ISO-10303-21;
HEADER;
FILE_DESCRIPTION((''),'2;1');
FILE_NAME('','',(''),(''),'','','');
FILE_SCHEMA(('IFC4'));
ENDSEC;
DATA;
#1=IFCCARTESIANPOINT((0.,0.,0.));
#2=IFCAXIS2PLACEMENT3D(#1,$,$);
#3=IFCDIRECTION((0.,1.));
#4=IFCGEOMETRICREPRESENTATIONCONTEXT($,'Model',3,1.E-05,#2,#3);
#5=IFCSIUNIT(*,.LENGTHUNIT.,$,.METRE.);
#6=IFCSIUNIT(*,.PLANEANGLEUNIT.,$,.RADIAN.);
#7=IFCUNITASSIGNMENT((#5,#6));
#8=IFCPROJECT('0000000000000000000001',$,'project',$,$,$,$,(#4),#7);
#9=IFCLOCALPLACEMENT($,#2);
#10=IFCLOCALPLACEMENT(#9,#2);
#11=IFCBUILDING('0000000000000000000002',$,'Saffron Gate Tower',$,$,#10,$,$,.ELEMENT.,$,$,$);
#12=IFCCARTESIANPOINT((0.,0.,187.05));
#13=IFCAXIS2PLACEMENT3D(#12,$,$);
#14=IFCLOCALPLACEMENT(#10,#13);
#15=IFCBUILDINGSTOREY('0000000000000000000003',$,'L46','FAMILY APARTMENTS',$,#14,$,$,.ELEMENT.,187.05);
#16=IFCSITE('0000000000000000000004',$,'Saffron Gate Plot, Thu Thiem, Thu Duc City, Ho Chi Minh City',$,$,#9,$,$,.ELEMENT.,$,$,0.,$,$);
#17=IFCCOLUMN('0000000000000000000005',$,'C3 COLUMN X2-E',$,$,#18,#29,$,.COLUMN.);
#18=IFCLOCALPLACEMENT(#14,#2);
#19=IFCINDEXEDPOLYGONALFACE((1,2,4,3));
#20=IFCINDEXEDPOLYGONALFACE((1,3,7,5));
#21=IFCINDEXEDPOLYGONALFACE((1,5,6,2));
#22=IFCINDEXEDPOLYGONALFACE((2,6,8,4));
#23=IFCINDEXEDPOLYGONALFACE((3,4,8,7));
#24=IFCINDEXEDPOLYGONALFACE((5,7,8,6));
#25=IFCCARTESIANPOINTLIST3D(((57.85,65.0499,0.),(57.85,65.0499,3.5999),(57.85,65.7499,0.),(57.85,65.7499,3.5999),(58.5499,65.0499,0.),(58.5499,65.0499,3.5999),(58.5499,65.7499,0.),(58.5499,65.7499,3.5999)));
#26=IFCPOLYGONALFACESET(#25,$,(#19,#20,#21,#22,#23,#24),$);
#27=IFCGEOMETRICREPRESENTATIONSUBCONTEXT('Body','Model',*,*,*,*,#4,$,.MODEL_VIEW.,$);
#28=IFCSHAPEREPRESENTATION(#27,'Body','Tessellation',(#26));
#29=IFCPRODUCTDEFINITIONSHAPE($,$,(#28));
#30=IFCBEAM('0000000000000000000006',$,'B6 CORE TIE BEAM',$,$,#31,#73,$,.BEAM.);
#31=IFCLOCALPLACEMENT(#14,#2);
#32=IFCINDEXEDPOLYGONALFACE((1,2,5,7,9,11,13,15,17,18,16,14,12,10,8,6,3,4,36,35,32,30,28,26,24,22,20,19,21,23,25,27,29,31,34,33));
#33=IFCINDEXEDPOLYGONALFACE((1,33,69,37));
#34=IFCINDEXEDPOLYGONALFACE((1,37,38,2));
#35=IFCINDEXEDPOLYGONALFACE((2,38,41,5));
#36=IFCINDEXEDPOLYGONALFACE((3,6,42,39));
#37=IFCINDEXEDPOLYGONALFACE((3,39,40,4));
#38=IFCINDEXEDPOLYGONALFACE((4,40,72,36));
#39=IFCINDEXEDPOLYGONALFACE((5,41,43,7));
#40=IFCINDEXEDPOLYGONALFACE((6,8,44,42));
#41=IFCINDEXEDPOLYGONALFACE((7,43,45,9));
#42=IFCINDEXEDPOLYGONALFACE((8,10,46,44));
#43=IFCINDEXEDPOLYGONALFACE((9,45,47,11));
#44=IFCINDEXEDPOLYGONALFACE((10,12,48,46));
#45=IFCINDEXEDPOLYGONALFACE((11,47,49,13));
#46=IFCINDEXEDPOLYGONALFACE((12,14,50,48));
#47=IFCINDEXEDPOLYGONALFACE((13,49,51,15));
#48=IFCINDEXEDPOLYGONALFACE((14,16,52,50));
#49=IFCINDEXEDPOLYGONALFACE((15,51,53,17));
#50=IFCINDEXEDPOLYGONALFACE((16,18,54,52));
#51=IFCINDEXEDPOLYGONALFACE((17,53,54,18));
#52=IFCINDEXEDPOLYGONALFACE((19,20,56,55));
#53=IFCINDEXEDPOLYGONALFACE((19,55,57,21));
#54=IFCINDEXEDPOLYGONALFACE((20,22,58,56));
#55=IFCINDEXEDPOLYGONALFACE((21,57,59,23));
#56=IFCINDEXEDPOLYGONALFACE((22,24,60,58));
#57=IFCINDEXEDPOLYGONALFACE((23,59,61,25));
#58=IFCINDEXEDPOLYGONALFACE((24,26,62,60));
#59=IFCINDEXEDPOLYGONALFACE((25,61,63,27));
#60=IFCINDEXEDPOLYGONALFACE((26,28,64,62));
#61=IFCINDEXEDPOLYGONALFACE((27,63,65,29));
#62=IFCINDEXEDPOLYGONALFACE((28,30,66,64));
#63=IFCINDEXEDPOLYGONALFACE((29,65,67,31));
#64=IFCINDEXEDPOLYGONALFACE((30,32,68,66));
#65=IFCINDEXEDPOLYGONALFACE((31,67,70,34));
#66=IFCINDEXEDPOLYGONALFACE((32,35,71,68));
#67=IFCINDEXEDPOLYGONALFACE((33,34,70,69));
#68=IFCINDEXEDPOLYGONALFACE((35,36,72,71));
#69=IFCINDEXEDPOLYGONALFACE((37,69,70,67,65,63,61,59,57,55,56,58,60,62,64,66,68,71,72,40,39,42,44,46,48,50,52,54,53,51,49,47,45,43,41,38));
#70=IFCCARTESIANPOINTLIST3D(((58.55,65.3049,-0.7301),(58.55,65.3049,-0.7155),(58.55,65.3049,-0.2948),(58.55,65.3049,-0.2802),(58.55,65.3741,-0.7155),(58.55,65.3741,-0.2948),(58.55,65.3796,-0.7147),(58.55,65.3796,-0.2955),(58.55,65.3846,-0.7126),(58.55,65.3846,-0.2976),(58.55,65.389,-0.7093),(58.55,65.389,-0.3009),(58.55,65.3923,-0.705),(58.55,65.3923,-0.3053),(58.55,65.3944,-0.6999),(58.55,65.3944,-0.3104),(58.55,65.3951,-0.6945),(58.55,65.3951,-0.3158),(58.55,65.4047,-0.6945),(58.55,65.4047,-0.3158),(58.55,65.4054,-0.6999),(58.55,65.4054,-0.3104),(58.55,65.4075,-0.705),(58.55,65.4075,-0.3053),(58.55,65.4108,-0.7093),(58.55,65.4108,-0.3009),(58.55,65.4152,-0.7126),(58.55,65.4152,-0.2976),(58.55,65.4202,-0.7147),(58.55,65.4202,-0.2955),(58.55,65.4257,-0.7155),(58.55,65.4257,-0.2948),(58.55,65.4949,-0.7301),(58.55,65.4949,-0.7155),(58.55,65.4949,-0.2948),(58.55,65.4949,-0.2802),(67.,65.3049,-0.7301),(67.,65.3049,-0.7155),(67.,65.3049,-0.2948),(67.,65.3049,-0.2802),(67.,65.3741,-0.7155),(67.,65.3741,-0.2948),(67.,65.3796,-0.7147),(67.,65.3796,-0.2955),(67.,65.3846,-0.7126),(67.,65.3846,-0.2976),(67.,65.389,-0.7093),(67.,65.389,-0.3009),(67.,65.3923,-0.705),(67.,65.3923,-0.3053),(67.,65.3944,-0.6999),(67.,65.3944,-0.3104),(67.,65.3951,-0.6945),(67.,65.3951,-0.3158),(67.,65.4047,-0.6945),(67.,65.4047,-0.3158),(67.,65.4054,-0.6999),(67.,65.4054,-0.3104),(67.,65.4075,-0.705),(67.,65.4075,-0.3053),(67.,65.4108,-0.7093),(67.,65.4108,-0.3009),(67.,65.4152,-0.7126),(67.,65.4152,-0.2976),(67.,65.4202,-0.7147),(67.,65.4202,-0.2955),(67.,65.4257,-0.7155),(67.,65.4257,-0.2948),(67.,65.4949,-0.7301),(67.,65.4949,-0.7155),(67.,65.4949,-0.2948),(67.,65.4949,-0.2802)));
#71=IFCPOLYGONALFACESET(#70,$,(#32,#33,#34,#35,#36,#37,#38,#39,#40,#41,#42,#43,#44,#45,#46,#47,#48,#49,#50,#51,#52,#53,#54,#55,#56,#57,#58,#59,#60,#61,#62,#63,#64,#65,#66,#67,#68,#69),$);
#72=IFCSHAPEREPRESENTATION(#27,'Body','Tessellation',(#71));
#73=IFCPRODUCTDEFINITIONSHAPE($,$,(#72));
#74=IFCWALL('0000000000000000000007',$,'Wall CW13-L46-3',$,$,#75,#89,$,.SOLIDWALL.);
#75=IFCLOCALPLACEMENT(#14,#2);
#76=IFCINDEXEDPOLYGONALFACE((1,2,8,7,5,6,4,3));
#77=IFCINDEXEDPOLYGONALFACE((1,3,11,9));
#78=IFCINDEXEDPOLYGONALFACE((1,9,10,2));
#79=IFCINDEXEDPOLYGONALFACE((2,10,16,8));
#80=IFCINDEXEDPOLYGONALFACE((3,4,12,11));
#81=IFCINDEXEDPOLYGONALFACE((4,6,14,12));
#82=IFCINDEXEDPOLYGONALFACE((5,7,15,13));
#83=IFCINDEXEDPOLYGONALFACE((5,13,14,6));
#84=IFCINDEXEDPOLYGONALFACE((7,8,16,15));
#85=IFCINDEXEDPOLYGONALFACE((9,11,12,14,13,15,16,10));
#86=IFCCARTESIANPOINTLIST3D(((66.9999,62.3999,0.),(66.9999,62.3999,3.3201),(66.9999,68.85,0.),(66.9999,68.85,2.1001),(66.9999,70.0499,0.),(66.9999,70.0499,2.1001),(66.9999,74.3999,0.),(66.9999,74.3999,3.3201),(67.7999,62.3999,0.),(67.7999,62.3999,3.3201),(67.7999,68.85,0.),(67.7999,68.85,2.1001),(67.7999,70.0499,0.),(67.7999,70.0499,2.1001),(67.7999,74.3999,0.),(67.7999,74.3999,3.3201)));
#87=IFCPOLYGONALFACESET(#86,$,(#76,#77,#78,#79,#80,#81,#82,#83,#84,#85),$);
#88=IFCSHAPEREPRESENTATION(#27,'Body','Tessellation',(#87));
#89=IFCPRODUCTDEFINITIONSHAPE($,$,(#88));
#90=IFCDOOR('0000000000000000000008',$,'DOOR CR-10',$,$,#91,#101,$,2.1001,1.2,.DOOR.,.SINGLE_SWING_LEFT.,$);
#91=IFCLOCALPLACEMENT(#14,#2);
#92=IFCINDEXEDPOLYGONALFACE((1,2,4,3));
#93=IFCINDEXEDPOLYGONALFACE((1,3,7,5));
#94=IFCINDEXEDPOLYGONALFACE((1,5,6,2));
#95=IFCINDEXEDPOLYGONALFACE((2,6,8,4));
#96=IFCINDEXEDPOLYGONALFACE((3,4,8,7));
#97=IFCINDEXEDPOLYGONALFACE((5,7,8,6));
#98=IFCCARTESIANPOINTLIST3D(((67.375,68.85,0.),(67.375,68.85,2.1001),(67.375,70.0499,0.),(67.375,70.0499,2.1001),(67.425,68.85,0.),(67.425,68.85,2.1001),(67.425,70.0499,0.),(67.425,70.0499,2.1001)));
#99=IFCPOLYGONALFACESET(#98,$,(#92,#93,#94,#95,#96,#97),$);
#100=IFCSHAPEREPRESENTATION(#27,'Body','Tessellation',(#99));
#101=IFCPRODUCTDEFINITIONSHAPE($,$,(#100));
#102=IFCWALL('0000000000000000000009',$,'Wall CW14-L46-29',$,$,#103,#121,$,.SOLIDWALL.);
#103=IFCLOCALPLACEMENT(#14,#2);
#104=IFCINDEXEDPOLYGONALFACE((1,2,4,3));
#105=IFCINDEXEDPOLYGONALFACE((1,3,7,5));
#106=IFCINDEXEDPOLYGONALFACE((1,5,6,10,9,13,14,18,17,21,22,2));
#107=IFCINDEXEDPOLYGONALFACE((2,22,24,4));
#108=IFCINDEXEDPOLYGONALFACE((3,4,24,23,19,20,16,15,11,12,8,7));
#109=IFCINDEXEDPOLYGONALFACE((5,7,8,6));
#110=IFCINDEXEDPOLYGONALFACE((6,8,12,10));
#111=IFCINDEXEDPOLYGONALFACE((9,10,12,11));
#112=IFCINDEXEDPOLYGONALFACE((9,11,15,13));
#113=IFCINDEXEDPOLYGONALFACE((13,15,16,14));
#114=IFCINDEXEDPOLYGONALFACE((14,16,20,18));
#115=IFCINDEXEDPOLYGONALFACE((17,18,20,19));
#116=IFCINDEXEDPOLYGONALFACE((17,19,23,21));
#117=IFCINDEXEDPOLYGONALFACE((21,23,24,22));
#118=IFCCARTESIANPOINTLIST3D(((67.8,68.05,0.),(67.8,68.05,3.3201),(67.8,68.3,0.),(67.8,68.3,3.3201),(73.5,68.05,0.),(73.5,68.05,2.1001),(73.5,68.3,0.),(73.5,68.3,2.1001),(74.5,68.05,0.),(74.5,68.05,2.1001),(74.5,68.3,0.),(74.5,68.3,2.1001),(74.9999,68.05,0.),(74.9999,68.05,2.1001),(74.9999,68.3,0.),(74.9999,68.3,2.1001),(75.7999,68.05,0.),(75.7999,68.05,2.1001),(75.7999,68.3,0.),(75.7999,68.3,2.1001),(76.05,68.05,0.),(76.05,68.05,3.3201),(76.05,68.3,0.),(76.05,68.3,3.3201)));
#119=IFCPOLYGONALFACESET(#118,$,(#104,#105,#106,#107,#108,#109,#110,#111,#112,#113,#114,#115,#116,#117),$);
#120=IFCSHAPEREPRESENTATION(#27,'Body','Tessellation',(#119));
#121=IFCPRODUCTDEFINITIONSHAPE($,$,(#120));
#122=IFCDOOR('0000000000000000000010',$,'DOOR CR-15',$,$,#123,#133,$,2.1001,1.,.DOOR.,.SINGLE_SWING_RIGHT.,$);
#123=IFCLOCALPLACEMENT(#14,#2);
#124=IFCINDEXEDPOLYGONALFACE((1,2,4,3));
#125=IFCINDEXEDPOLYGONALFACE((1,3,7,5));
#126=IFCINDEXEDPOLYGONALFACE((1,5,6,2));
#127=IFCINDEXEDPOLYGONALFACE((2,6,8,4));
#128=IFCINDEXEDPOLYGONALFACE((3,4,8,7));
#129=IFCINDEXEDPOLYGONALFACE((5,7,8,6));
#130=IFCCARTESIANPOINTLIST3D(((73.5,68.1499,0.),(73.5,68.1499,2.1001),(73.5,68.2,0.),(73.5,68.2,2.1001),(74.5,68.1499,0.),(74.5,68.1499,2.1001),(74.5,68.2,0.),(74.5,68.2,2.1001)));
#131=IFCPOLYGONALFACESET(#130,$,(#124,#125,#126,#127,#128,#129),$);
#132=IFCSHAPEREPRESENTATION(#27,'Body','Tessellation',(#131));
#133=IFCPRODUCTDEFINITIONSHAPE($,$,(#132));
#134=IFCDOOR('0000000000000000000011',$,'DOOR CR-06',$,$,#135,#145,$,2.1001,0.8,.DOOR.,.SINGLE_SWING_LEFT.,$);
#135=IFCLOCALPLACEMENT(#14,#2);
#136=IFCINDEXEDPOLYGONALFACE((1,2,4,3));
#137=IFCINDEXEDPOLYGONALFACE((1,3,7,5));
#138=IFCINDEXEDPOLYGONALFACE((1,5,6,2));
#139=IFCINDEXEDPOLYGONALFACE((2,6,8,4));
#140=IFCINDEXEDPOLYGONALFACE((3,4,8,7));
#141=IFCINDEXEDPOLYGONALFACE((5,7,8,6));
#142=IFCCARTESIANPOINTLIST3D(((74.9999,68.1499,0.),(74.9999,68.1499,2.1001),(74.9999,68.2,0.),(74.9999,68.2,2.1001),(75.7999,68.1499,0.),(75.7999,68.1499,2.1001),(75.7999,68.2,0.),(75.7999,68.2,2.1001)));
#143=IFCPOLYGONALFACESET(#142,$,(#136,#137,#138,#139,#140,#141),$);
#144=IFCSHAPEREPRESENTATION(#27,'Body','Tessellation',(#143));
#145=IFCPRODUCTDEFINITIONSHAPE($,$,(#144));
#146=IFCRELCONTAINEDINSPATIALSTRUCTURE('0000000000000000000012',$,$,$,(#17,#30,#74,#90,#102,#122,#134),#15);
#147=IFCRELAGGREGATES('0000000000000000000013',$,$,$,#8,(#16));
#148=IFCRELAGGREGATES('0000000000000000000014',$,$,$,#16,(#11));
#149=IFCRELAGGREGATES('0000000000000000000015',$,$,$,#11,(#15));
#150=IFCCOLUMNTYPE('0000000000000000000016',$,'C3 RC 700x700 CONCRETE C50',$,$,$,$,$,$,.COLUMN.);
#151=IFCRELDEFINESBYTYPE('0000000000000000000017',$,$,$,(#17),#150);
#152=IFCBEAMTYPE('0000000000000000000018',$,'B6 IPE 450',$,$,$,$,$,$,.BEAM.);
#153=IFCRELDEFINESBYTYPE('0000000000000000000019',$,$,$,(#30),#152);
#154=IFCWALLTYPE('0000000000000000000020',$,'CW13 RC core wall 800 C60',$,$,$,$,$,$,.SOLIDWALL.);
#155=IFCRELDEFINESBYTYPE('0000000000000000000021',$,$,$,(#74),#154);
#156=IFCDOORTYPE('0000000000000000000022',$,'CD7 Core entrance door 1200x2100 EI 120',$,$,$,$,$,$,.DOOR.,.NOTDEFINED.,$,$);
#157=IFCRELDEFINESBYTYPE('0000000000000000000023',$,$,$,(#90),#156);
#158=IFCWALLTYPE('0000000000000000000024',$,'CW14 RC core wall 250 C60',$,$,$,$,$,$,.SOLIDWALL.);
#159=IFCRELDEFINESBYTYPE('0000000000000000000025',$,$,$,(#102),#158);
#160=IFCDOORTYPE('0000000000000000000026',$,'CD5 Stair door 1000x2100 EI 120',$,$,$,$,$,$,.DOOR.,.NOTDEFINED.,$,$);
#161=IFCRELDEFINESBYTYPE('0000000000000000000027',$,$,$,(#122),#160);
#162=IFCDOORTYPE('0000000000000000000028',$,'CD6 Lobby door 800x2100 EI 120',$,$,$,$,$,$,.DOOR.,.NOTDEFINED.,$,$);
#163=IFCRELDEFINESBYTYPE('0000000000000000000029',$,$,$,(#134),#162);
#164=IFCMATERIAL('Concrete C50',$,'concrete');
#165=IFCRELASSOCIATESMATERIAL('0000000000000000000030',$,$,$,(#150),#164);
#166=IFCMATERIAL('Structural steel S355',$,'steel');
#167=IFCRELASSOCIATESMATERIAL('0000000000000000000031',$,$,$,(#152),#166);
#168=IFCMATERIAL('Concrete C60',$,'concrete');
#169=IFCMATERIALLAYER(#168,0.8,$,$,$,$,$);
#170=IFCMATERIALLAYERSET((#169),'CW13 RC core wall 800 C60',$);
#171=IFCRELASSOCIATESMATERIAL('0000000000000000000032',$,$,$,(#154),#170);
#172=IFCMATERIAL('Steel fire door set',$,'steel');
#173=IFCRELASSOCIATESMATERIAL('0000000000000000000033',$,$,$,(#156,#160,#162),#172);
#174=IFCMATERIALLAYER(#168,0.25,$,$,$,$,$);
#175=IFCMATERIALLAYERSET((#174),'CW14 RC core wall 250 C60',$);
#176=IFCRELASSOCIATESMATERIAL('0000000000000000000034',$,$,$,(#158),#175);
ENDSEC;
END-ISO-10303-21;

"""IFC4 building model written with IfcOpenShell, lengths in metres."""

from ifc_helpers import new_model, si_unit, direction, frame, frame_2d, origin, origin_2d, place, context, subcontext, project, spatial, rectangle, i_section, extrude, material, layer, layer_set, material_profile, profile_set, type_object, element, fill, save


model = new_model("IFC4")

# Units and contexts
model_context = context("Model", 3, precision=1e-05, world=origin(), true_north=direction((0.0, 1.0)))
body_context = subcontext(model_context, "Body", "Model", "MODEL_VIEW")
ifc_project = project(units=[si_unit("LENGTHUNIT", "METRE"), si_unit("PLANEANGLEUNIT", "RADIAN")], contexts=[model_context])

# Site, building, storey
site_placement = place(None, origin())
site = spatial("IfcSite", under=ifc_project, at=site_placement, Name="Saffron Gate Plot, Thu Thiem, Thu Duc City, Ho Chi Minh City", CompositionType="ELEMENT", RefElevation=0.0)
building_placement = place(site_placement, origin())
building = spatial("IfcBuilding", under=site, at=building_placement, Name="Saffron Gate Tower", CompositionType="ELEMENT")
storey_placement = place(building_placement, frame((0.0, 0.0, 187.05)))
storey = spatial("IfcBuildingStorey", under=building, at=storey_placement, Name="L46", Description="FAMILY APARTMENTS", CompositionType="ELEMENT", Elevation=187.05)

# Column
ifc_material_1 = material(Name="Concrete C50", Category="concrete")
ifc_material_profile_1 = material_profile(ifc_material_1, rectangle(XDim=0.7, YDim=0.7, at=origin_2d()))
ifc_profile_set_1 = profile_set([ifc_material_profile_1], Name="Concrete C50")
column_type = type_object("IfcColumnType", Name="C3 RC 700x700 CONCRETE C50", PredefinedType="COLUMN", material=ifc_profile_set_1)
column_placement = place(storey_placement, frame((58.2, 65.3999, 0.0), z_axis=(0.0, 0.0, 1.0), x_axis=(1.0, 0.0, 0.0)))
element("IfcColumn", 1, at=column_placement, inside=storey, type_object=column_type, Name="C3 COLUMN X2-E", PredefinedType="COLUMN", context=body_context, shape_type="SweptSolid", body=[
    extrude(rectangle(XDim=0.7, YDim=0.7, at=origin_2d()), origin(), (0.0, 0.0, 1.0), 3.5999),
])

# Beam
ifc_material_2 = material(Name="Structural steel S355", Category="steel")
ifc_material_profile_2 = material_profile(ifc_material_2, i_section(OverallWidth=0.1899, OverallDepth=0.45, WebThickness=0.0095, FlangeThickness=0.0146, FilletRadius=0.021, at=origin_2d()))
ifc_profile_set_2 = profile_set([ifc_material_profile_2], Name="Structural steel S355")
beam_type = type_object("IfcBeamType", Name="B6 IPE 450", PredefinedType="BEAM", material=ifc_profile_set_2)
beam_placement = place(storey_placement, frame((58.55, 65.3999, -0.5051), z_axis=(1.0, 0.0, 0.0), x_axis=(0.0, 1.0, 0.0)))
element("IfcBeam", 2, at=beam_placement, inside=storey, type_object=beam_type, Name="B6 CORE TIE BEAM", PredefinedType="BEAM", context=body_context, shape_type="SweptSolid", body=[
    extrude(i_section(OverallWidth=0.1899, OverallDepth=0.45, WebThickness=0.0095, FlangeThickness=0.0146, FilletRadius=0.021, at=origin_2d()), origin(), (0.0, 0.0, 1.0), 8.45),
])

# Wall, opening, door
ifc_material_3 = material(Name="Concrete C60", Category="concrete")
ifc_layer_1 = layer(ifc_material_3, 0.8)
ifc_layer_set_1 = layer_set([ifc_layer_1], Name="CW13 RC core wall 800 C60")
wall_type_1 = type_object("IfcWallType", Name="CW13 RC core wall 800 C60", PredefinedType="SOLIDWALL", material=ifc_layer_set_1)
wall_1_placement = place(storey_placement, frame((67.3999, 62.3999, 0.0), z_axis=(0.0, 0.0, 1.0), x_axis=(0.0, 1.0, 0.0)))
wall_1 = element("IfcWall", 3, at=wall_1_placement, inside=storey, type_object=wall_type_1, Name="Wall CW13-L46-3", PredefinedType="SOLIDWALL", context=body_context, shape_type="SweptSolid", body=[
    extrude(rectangle(XDim=12.0, YDim=0.8, at=frame_2d((6.0, 0.0))), origin(), (0.0, 0.0, 1.0), 3.3201),
])
opening_1_placement = place(wall_1_placement, frame((6.45, 0.0, 0.0)))
opening_1 = element("IfcOpeningElement", 4, at=opening_1_placement, cuts=wall_1, PredefinedType="OPENING", context=body_context, shape_type="SweptSolid", body=[
    extrude(rectangle(XDim=1.2, YDim=2.1001, at=frame_2d((0.6001, 1.05))), frame((0.0, 0.4102, 0.0), z_axis=(0.0, -1.0, 0.0), x_axis=(1.0, 0.0, 0.0)), (0.0, 0.0, 1.0), 0.8201),
])
ifc_material_4 = material(Name="Steel fire door set", Category="steel")
door_type_1 = type_object("IfcDoorType", Name="CD7 Core entrance door 1200x2100 EI 120", OperationType="NOTDEFINED", PredefinedType="DOOR", material=ifc_material_4)
door_1_placement = place(opening_1_placement, origin())
door_1 = element("IfcDoor", 5, at=door_1_placement, inside=storey, type_object=door_type_1, Name="DOOR CR-10", OperationType="SINGLE_SWING_LEFT", OverallHeight=2.1001, OverallWidth=1.2, PredefinedType="DOOR", context=body_context, shape_type="SweptSolid", body=[
    extrude(rectangle(XDim=1.2, YDim=2.1001, at=frame_2d((0.6001, 1.05))), frame((0.0, 0.0249, 0.0), z_axis=(0.0, -1.0, 0.0), x_axis=(1.0, 0.0, 0.0)), (0.0, 0.0, 1.0), 0.05),
])
fill(opening_1, door_1)

# Wall, openings, doors
ifc_layer_2 = layer(ifc_material_3, 0.25)
ifc_layer_set_2 = layer_set([ifc_layer_2], Name="CW14 RC core wall 250 C60")
wall_type_2 = type_object("IfcWallType", Name="CW14 RC core wall 250 C60", PredefinedType="SOLIDWALL", material=ifc_layer_set_2)
wall_2_placement = place(storey_placement, frame((67.8, 68.175, 0.0), z_axis=(0.0, 0.0, 1.0), x_axis=(1.0, 0.0, 0.0)))
wall_2 = element("IfcWall", 6, at=wall_2_placement, inside=storey, type_object=wall_type_2, Name="Wall CW14-L46-29", PredefinedType="SOLIDWALL", context=body_context, shape_type="SweptSolid", body=[
    extrude(rectangle(XDim=8.25, YDim=0.25, at=frame_2d((4.125, 0.0))), origin(), (0.0, 0.0, 1.0), 3.3201),
])
opening_2_placement = place(wall_2_placement, frame((5.7, 0.0, 0.0)))
opening_2 = element("IfcOpeningElement", 7, at=opening_2_placement, cuts=wall_2, PredefinedType="OPENING", context=body_context, shape_type="SweptSolid", body=[
    extrude(rectangle(XDim=1.0, YDim=2.1001, at=frame_2d((0.5, 1.05))), frame((0.0, 0.135, 0.0), z_axis=(0.0, -1.0, 0.0), x_axis=(1.0, 0.0, 0.0)), (0.0, 0.0, 1.0), 0.27),
])
opening_3_placement = place(wall_2_placement, frame((7.2, 0.0, 0.0)))
opening_3 = element("IfcOpeningElement", 8, at=opening_3_placement, cuts=wall_2, PredefinedType="OPENING", context=body_context, shape_type="SweptSolid", body=[
    extrude(rectangle(XDim=0.8, YDim=2.1001, at=frame_2d((0.3999, 1.05))), frame((0.0, 0.135, 0.0), z_axis=(0.0, -1.0, 0.0), x_axis=(1.0, 0.0, 0.0)), (0.0, 0.0, 1.0), 0.27),
])
door_type_2 = type_object("IfcDoorType", Name="CD5 Stair door 1000x2100 EI 120", OperationType="NOTDEFINED", PredefinedType="DOOR", material=ifc_material_4)
door_2_placement = place(opening_2_placement, origin())
door_2 = element("IfcDoor", 9, at=door_2_placement, inside=storey, type_object=door_type_2, Name="DOOR CR-15", OperationType="SINGLE_SWING_RIGHT", OverallHeight=2.1001, OverallWidth=1.0, PredefinedType="DOOR", context=body_context, shape_type="SweptSolid", body=[
    extrude(rectangle(XDim=1.0, YDim=2.1001, at=frame_2d((0.5, 1.05))), frame((0.0, 0.0249, 0.0), z_axis=(0.0, -1.0, 0.0), x_axis=(1.0, 0.0, 0.0)), (0.0, 0.0, 1.0), 0.05),
])
fill(opening_2, door_2)
door_type_3 = type_object("IfcDoorType", Name="CD6 Lobby door 800x2100 EI 120", OperationType="NOTDEFINED", PredefinedType="DOOR", material=ifc_material_4)
door_3_placement = place(opening_3_placement, origin())
door_3 = element("IfcDoor", 10, at=door_3_placement, inside=storey, type_object=door_type_3, Name="DOOR CR-06", OperationType="SINGLE_SWING_LEFT", OverallHeight=2.1001, OverallWidth=0.8, PredefinedType="DOOR", context=body_context, shape_type="SweptSolid", body=[
    extrude(rectangle(XDim=0.8, YDim=2.1001, at=frame_2d((0.3999, 1.05))), frame((0.0, 0.0249, 0.0), z_axis=(0.0, -1.0, 0.0), x_axis=(1.0, 0.0, 0.0)), (0.0, 0.0, 1.0), 0.05),
])
fill(opening_3, door_3)

save(model, "model.ifc")
